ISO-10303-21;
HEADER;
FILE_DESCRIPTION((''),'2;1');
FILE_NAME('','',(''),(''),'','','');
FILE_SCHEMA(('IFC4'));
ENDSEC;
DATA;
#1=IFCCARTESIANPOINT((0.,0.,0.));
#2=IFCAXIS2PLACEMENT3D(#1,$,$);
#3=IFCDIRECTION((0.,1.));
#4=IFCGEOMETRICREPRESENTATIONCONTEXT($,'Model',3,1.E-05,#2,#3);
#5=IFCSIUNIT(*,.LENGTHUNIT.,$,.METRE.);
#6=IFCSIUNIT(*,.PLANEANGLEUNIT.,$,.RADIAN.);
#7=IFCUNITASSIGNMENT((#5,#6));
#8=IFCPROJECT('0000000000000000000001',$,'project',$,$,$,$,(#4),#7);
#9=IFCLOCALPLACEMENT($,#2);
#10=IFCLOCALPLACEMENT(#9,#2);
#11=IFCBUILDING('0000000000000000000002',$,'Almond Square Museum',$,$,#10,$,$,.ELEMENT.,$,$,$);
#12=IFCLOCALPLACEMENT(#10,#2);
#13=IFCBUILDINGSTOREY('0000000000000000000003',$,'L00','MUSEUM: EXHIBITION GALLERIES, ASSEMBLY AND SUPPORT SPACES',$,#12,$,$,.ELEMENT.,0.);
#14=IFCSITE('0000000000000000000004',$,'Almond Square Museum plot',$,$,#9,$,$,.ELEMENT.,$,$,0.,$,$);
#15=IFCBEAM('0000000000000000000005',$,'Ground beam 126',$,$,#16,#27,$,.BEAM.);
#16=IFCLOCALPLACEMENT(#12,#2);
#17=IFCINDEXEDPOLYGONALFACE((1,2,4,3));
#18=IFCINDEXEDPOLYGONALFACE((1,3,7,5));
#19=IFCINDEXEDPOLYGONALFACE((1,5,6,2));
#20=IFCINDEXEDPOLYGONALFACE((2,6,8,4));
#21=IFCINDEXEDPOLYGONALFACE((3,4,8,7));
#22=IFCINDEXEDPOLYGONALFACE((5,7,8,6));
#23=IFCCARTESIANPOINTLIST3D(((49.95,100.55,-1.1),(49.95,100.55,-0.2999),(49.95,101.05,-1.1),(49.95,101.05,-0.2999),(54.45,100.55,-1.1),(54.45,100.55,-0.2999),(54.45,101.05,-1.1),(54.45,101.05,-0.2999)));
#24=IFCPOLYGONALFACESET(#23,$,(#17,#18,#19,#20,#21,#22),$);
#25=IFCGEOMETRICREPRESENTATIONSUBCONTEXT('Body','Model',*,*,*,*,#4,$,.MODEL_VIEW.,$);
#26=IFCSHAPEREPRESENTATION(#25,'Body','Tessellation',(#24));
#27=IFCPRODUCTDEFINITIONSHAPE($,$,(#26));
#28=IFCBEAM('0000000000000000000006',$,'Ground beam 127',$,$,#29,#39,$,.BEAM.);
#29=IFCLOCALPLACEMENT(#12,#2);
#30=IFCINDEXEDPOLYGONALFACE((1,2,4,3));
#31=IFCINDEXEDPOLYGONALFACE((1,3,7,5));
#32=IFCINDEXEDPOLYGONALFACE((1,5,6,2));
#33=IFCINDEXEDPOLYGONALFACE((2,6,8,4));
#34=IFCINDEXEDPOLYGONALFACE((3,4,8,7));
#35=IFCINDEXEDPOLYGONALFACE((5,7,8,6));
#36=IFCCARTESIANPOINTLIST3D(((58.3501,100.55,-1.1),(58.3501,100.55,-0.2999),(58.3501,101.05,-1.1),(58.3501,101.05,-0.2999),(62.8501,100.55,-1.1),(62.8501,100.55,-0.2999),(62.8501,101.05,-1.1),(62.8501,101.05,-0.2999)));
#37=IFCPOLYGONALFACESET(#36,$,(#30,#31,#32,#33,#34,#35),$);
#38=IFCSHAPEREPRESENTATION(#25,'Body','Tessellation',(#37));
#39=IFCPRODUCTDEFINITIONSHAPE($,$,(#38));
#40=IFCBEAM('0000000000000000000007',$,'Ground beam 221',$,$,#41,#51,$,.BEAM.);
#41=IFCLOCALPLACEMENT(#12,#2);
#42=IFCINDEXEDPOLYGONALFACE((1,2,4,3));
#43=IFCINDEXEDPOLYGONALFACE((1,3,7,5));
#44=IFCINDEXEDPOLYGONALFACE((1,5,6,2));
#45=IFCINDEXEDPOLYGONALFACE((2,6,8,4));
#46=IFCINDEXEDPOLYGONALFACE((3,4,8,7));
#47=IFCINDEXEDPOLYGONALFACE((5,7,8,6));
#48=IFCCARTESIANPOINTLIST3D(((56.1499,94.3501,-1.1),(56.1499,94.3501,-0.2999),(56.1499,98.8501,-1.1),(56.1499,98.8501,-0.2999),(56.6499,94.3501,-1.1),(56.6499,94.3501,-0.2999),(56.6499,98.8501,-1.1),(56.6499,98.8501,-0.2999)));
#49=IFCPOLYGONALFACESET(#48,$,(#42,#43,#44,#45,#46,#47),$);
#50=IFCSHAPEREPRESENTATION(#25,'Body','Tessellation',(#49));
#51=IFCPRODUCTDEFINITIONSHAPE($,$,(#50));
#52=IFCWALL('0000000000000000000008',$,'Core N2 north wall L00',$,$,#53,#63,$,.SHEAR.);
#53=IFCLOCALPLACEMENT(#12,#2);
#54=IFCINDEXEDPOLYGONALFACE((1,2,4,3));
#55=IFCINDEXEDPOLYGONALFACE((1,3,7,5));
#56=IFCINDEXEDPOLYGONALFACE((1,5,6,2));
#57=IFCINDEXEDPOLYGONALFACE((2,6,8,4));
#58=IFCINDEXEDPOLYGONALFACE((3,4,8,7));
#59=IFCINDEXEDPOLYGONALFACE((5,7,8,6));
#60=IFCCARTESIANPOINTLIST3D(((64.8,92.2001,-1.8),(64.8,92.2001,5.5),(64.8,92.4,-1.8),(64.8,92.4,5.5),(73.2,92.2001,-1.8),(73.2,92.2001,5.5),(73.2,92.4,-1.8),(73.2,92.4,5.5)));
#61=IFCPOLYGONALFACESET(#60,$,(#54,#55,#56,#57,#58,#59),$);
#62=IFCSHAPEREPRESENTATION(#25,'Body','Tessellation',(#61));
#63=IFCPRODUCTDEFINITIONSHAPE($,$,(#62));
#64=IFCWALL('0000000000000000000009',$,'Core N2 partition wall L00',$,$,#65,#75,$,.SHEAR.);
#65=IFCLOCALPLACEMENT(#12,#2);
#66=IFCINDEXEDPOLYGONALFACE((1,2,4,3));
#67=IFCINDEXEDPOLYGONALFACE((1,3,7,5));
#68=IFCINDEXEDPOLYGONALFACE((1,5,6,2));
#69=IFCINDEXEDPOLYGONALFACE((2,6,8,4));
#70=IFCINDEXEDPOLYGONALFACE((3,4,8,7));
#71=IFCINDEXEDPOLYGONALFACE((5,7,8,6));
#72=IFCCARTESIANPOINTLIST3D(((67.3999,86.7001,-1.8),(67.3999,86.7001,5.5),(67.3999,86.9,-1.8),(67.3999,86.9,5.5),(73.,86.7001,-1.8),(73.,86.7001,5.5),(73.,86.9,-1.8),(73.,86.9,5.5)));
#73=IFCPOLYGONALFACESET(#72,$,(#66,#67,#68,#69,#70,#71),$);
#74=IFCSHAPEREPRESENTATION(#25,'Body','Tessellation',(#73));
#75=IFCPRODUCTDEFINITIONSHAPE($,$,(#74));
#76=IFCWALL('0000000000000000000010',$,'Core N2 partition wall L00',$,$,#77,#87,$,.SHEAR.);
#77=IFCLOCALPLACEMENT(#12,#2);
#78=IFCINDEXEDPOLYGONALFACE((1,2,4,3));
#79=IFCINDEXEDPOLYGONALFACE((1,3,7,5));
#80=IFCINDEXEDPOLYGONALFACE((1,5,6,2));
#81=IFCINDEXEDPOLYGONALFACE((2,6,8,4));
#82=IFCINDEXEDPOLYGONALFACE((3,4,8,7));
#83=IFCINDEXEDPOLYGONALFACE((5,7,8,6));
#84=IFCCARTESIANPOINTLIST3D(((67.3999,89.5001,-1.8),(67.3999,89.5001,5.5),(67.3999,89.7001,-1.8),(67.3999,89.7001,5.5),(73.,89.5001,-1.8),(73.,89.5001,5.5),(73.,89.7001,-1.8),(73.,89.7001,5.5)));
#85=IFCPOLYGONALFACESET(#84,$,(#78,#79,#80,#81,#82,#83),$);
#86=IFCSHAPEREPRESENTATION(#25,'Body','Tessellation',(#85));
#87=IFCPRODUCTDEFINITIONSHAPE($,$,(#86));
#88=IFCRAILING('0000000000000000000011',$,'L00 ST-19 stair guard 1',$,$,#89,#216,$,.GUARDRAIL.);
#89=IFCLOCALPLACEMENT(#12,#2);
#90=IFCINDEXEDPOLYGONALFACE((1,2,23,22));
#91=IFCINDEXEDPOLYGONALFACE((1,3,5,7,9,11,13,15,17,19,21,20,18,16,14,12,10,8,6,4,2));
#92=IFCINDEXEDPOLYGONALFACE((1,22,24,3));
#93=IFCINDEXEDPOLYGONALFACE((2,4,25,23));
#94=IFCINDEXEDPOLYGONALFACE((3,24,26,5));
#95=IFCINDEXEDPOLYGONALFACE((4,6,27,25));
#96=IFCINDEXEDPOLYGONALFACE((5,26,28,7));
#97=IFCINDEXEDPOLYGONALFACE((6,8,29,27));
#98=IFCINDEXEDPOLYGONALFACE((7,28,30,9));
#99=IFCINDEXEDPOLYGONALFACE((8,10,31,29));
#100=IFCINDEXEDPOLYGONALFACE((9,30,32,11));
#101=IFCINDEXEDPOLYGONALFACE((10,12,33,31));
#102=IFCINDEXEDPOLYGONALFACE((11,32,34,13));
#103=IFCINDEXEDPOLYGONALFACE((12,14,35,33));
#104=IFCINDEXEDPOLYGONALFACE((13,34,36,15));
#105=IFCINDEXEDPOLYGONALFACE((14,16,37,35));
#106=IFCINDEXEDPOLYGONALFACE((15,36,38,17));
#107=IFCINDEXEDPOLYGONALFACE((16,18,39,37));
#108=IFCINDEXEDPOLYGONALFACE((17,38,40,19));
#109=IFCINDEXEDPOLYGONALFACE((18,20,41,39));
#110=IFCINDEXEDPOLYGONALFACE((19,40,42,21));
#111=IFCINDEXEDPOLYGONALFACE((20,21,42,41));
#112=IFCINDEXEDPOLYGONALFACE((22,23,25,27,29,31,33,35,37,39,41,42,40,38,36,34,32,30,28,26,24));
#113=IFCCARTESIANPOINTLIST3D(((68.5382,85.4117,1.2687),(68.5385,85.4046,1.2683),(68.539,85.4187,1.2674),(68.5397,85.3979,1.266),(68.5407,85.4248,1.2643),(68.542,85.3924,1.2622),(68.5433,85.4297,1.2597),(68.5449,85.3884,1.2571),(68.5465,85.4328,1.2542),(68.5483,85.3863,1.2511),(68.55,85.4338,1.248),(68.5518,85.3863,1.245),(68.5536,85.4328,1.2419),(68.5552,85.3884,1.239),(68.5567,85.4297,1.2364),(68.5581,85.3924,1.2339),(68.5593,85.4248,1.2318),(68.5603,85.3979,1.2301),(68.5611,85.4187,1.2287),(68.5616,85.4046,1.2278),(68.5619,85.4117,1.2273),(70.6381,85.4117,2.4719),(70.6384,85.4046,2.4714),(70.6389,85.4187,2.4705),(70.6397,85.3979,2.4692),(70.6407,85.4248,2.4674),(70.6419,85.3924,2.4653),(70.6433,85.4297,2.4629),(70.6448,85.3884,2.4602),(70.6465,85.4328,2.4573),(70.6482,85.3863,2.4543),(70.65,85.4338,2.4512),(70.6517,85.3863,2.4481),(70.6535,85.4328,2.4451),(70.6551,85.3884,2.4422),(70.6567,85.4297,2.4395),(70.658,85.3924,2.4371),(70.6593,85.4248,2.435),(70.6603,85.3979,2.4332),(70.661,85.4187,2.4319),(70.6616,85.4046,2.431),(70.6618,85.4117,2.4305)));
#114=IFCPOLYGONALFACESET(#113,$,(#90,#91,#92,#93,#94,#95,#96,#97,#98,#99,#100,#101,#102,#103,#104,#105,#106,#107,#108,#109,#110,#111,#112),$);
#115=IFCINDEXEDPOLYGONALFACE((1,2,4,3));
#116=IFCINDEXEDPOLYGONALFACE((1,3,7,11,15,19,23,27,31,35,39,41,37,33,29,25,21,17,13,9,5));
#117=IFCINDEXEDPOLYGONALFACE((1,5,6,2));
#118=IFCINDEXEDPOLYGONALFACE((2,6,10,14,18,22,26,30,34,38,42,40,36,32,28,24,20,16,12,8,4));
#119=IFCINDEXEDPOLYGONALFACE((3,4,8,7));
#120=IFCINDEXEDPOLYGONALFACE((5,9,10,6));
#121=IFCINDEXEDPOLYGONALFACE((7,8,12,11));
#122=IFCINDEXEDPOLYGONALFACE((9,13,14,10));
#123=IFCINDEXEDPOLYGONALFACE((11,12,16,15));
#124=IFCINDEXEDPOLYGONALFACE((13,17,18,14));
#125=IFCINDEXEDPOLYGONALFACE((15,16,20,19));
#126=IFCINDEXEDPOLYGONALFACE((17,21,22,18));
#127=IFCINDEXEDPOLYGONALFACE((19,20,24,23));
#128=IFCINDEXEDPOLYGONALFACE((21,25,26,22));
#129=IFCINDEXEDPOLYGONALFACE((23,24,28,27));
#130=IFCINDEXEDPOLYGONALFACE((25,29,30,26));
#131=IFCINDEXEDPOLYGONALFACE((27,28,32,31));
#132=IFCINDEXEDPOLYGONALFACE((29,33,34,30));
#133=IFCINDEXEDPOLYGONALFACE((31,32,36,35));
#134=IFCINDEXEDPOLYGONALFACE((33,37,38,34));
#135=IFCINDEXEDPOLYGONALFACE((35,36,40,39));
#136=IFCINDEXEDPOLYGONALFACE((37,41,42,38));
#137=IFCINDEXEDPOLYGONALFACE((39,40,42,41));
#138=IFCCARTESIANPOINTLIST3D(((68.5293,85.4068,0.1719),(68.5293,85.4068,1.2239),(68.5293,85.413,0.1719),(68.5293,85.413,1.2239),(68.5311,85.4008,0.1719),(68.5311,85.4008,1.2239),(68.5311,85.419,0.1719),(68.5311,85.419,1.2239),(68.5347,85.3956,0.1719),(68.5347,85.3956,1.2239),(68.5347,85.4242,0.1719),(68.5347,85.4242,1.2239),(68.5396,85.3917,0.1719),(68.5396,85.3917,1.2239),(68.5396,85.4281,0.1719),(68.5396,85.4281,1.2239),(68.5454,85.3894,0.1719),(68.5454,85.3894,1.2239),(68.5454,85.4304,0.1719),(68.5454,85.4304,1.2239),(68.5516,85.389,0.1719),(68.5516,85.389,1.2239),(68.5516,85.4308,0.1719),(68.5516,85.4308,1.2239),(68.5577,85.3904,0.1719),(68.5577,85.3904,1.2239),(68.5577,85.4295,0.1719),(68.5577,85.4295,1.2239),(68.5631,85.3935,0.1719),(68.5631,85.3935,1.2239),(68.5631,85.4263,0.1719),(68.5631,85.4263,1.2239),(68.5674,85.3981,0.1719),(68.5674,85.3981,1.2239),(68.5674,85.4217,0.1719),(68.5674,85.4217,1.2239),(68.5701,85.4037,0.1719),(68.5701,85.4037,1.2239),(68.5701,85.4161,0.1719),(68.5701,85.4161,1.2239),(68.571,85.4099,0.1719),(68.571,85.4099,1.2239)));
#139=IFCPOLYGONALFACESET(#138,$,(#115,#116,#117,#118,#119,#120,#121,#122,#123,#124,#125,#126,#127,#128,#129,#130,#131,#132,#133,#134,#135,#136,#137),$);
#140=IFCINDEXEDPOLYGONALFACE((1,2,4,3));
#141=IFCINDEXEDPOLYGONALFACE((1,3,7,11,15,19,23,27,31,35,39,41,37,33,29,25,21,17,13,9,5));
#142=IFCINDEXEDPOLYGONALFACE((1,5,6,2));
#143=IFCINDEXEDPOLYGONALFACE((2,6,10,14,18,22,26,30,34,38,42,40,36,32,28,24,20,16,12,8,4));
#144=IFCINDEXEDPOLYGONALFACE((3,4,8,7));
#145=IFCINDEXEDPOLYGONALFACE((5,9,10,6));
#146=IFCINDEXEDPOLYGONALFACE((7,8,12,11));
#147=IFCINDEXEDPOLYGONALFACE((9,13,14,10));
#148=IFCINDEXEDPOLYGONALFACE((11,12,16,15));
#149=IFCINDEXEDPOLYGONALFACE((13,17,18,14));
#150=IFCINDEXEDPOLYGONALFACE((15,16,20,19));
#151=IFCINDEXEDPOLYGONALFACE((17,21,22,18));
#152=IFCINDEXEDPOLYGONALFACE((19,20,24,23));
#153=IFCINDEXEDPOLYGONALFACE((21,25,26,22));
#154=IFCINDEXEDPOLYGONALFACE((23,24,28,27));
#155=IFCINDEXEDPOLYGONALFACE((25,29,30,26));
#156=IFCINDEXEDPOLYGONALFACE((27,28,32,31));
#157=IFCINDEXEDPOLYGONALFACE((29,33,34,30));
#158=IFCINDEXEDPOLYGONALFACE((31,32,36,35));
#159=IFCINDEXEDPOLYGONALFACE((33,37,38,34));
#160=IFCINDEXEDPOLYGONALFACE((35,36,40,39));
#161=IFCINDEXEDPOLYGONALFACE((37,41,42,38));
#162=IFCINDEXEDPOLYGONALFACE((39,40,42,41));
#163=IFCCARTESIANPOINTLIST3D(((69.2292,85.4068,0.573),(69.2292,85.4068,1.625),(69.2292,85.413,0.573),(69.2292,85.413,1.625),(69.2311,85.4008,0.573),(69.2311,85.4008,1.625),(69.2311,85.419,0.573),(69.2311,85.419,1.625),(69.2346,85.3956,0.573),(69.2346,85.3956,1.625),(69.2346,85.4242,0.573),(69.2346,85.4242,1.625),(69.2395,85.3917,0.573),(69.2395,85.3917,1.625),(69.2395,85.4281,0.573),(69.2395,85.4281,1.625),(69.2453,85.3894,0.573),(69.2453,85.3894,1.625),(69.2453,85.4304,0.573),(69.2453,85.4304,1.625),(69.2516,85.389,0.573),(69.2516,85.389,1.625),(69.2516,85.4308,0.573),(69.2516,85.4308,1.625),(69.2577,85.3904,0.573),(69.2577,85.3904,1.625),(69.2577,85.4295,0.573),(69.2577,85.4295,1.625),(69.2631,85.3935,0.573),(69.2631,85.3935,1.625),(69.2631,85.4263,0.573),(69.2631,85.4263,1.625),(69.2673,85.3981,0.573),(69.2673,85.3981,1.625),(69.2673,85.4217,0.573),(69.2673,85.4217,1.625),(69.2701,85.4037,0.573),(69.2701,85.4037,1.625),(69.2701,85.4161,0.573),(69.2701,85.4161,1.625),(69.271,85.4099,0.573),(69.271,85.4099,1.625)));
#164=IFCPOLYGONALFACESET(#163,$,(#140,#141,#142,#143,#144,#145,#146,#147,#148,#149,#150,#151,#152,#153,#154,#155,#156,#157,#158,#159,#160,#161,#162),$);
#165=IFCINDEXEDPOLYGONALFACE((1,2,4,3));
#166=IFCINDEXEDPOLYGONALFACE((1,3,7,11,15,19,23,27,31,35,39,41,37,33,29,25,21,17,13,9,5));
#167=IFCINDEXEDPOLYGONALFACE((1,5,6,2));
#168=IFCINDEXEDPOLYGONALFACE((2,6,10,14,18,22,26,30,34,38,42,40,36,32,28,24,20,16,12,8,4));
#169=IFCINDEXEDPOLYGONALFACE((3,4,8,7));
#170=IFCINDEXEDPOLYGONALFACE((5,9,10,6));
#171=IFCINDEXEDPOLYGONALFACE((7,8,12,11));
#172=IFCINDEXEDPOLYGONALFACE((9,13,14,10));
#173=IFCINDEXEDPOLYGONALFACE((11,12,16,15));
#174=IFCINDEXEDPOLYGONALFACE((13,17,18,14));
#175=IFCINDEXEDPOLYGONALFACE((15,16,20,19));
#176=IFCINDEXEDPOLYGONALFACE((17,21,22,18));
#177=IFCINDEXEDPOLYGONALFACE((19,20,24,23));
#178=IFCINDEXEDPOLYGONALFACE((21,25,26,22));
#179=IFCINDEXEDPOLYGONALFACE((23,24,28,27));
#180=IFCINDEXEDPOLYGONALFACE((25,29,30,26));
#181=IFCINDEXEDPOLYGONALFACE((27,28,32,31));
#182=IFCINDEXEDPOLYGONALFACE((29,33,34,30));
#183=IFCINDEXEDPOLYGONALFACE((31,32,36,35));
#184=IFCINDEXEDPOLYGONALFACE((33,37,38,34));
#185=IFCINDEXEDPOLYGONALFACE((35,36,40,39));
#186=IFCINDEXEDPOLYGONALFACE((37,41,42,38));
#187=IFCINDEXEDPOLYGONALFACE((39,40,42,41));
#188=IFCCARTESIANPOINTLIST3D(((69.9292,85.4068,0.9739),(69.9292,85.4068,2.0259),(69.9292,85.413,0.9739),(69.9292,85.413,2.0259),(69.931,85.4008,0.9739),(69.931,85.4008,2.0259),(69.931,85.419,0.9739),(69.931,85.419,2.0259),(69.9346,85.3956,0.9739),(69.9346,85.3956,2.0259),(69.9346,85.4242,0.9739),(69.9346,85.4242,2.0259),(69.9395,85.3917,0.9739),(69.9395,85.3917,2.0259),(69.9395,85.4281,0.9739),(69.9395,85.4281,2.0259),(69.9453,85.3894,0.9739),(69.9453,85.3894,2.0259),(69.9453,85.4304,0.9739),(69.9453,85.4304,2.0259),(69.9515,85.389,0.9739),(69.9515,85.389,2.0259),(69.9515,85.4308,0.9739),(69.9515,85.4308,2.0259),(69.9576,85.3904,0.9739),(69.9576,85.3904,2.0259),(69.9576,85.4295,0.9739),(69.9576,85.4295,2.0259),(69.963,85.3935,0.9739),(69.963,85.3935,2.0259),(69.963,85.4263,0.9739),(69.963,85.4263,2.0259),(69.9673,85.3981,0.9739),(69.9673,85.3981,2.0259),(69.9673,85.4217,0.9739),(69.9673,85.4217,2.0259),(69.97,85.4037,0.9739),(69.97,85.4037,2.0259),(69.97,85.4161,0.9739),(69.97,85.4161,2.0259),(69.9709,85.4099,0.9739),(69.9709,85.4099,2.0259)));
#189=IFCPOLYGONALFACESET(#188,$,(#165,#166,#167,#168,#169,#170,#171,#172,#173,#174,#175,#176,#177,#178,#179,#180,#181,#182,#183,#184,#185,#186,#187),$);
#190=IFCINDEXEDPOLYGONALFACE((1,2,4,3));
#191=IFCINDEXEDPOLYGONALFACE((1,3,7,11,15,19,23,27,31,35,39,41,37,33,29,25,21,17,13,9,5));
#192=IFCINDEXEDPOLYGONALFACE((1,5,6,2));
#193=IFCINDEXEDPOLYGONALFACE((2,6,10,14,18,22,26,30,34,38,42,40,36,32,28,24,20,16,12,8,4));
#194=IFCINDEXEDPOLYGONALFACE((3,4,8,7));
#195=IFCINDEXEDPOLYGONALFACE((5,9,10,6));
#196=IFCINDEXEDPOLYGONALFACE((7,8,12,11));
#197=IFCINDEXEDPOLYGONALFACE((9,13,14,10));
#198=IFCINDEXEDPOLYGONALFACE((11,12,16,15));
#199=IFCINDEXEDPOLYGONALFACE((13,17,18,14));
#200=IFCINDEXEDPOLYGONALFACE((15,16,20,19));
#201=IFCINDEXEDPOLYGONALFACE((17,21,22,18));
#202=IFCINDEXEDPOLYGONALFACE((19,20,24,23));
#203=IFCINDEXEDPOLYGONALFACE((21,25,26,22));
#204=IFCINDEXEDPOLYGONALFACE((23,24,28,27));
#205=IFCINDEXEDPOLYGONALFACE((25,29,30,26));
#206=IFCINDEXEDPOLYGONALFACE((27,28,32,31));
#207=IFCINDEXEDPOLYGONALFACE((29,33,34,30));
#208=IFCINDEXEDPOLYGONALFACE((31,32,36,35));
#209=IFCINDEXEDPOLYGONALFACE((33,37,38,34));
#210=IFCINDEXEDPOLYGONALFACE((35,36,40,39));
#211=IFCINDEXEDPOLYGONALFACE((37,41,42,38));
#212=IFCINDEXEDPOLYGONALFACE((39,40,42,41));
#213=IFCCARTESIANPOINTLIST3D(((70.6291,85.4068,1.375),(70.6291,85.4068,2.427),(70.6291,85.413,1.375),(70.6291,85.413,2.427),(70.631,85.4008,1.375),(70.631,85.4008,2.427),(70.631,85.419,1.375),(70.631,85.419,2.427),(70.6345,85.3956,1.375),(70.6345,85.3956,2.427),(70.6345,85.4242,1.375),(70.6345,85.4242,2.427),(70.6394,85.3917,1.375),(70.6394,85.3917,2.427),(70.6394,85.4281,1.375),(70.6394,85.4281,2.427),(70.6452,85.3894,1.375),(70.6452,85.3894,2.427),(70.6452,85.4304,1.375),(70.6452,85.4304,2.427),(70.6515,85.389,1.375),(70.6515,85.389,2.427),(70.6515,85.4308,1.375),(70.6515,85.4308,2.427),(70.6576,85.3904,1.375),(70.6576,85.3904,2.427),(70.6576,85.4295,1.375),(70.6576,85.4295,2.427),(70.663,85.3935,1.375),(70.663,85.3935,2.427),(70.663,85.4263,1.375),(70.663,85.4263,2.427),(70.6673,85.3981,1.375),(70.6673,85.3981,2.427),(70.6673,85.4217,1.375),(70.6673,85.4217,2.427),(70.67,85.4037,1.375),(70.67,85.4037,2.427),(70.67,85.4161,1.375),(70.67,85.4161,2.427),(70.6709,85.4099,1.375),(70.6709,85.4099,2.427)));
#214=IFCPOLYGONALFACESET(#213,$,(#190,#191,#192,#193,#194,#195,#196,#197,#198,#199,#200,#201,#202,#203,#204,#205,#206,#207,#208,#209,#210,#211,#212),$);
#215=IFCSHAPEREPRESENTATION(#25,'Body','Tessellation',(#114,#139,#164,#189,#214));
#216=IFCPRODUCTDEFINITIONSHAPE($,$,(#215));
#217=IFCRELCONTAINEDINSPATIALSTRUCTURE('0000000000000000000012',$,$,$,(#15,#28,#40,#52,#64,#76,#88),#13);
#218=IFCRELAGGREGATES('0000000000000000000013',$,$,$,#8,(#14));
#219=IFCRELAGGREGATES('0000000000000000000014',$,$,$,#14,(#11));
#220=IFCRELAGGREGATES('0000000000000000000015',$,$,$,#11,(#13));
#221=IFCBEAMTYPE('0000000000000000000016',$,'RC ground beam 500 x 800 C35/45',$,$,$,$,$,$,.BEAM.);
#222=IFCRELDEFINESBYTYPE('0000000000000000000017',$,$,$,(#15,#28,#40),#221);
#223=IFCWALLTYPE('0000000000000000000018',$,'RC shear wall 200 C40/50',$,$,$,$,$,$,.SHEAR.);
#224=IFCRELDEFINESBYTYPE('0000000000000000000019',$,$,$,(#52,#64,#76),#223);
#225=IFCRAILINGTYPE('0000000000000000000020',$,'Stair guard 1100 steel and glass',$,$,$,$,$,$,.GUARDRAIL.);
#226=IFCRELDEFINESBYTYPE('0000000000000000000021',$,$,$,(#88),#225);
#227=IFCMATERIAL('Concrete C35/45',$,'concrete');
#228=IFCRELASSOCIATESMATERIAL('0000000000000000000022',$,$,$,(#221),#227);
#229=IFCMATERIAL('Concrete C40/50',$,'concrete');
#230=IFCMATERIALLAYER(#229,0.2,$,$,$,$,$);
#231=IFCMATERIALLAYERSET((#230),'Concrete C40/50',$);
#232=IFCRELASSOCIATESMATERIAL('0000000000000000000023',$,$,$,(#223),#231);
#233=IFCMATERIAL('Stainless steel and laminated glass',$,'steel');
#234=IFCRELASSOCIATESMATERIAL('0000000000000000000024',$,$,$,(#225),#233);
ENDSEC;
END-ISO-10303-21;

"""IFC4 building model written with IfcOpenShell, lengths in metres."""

from ifc_helpers import new_model, si_unit, direction, frame, frame_2d, origin, origin_2d, place, context, subcontext, project, spatial, rectangle, circle, extrude, material, layer, layer_set, material_profile, profile_set, type_object, element, save


model = new_model("IFC4")

# Units and contexts
model_context = context("Model", 3, precision=1e-05, world=origin(), true_north=direction((0.0, 1.0)))
body_context = subcontext(model_context, "Body", "Model", "MODEL_VIEW")
ifc_project = project(units=[si_unit("LENGTHUNIT", "METRE"), si_unit("PLANEANGLEUNIT", "RADIAN")], contexts=[model_context])

# Site, building, storey
site_placement = place(None, origin())
site = spatial("IfcSite", under=ifc_project, at=site_placement, Name="Almond Square Museum plot", CompositionType="ELEMENT", RefElevation=0.0)
building_placement = place(site_placement, origin())
building = spatial("IfcBuilding", under=site, at=building_placement, Name="Almond Square Museum", CompositionType="ELEMENT")
storey_placement = place(building_placement, origin())
storey = spatial("IfcBuildingStorey", under=building, at=storey_placement, Name="L00", Description="MUSEUM: EXHIBITION GALLERIES, ASSEMBLY AND SUPPORT SPACES", CompositionType="ELEMENT", Elevation=0.0)

# Beams
ifc_material_1 = material(Name="Concrete C35/45", Category="concrete")
ifc_material_profile_1 = material_profile(ifc_material_1, rectangle(XDim=0.5, YDim=0.8, at=origin_2d()))
ifc_profile_set_1 = profile_set([ifc_material_profile_1], Name="Concrete C35/45")
beam_type = type_object("IfcBeamType", Name="RC ground beam 500 x 800 C35/45", PredefinedType="BEAM", material=ifc_profile_set_1)
for number, where, z_axis, x_axis, name in (
    (1, (49.95, 100.8, -0.7), (1.0, 0.0, 0.0), (0.0, 1.0, 0.0), "Ground beam 126"),
    (2, (58.3501, 100.8, -0.7), (1.0, 0.0, 0.0), (0.0, 1.0, 0.0), "Ground beam 127"),
    (3, (56.3999, 94.3501, -0.7), (0.0, 1.0, 0.0), (-1.0, 0.0, 0.0), "Ground beam 221"),
):
    element("IfcBeam", number, at=place(storey_placement, frame(where, z_axis=z_axis, x_axis=x_axis)), inside=storey, type_object=beam_type, Name=name, PredefinedType="BEAM", context=body_context, shape_type="SweptSolid", body=[
        extrude(rectangle(XDim=0.5, YDim=0.8, at=origin_2d()), origin(), (0.0, 0.0, 1.0), 4.5),
    ])

# Walls
ifc_material_2 = material(Name="Concrete C40/50", Category="concrete")
ifc_layer = layer(ifc_material_2, 0.2)
ifc_layer_set = layer_set([ifc_layer], Name="Concrete C40/50")
wall_type = type_object("IfcWallType", Name="RC shear wall 200 C40/50", PredefinedType="SHEAR", material=ifc_layer_set)
wall_placement = place(storey_placement, frame((64.8, 92.3, -1.8), z_axis=(0.0, 0.0, 1.0), x_axis=(1.0, 0.0, 0.0)))
element("IfcWall", 4, at=wall_placement, inside=storey, type_object=wall_type, Name="Core N2 north wall L00", PredefinedType="SHEAR", context=body_context, shape_type="SweptSolid", body=[
    extrude(rectangle(XDim=8.3999, YDim=0.2, at=frame_2d((4.2, 0.0))), origin(), (0.0, 0.0, 1.0), 7.3),
])
for number, where, z_axis, x_axis, name in (
    (5, (67.3999, 86.8, -1.8), (0.0, 0.0, 1.0), (1.0, 0.0, 0.0), "Core N2 partition wall L00"),
    (6, (67.3999, 89.6001, -1.8), (0.0, 0.0, 1.0), (1.0, 0.0, 0.0), "Core N2 partition wall L00"),
):
    element("IfcWall", number, at=place(storey_placement, frame(where, z_axis=z_axis, x_axis=x_axis)), inside=storey, type_object=wall_type, Name=name, PredefinedType="SHEAR", context=body_context, shape_type="SweptSolid", body=[
        extrude(rectangle(XDim=5.6001, YDim=0.2, at=frame_2d((2.8, 0.0))), origin(), (0.0, 0.0, 1.0), 7.3),
    ])

# Railing
ifc_material_3 = material(Name="Stainless steel and laminated glass", Category="steel")
railing_type = type_object("IfcRailingType", Name="Stair guard 1100 steel and glass", PredefinedType="GUARDRAIL", material=ifc_material_3)
railing_placement = place(storey_placement, frame((68.55, 85.4099, 0.1719)))
element("IfcRailing", 7, at=railing_placement, inside=storey, type_object=railing_type, Name="L00 ST-19 stair guard 1", PredefinedType="GUARDRAIL", context=body_context, shape_type="SweptSolid", body=[
    extrude(circle(Radius=0.0239, at=origin_2d()), frame((0.0, 0.0, 1.0762), z_axis=(0.867671, 0.0, 0.497138), x_axis=(0.0, 1.0, 0.0)), (0.0, 0.0, 1.0), 2.4202),
    extrude(circle(Radius=0.021, at=origin_2d()), origin(), (0.0, 0.0, 1.0), 1.052),
    extrude(circle(Radius=0.021, at=origin_2d()), frame((0.7, 0.0, 0.4011)), (0.0, 0.0, 1.0), 1.052),
    extrude(circle(Radius=0.021, at=origin_2d()), frame((1.3999, 0.0, 0.802)), (0.0, 0.0, 1.0), 1.052),
    extrude(circle(Radius=0.021, at=origin_2d()), frame((2.0999, 0.0, 1.2031)), (0.0, 0.0, 1.0), 1.052),
])

save(model, "model.ifc")
